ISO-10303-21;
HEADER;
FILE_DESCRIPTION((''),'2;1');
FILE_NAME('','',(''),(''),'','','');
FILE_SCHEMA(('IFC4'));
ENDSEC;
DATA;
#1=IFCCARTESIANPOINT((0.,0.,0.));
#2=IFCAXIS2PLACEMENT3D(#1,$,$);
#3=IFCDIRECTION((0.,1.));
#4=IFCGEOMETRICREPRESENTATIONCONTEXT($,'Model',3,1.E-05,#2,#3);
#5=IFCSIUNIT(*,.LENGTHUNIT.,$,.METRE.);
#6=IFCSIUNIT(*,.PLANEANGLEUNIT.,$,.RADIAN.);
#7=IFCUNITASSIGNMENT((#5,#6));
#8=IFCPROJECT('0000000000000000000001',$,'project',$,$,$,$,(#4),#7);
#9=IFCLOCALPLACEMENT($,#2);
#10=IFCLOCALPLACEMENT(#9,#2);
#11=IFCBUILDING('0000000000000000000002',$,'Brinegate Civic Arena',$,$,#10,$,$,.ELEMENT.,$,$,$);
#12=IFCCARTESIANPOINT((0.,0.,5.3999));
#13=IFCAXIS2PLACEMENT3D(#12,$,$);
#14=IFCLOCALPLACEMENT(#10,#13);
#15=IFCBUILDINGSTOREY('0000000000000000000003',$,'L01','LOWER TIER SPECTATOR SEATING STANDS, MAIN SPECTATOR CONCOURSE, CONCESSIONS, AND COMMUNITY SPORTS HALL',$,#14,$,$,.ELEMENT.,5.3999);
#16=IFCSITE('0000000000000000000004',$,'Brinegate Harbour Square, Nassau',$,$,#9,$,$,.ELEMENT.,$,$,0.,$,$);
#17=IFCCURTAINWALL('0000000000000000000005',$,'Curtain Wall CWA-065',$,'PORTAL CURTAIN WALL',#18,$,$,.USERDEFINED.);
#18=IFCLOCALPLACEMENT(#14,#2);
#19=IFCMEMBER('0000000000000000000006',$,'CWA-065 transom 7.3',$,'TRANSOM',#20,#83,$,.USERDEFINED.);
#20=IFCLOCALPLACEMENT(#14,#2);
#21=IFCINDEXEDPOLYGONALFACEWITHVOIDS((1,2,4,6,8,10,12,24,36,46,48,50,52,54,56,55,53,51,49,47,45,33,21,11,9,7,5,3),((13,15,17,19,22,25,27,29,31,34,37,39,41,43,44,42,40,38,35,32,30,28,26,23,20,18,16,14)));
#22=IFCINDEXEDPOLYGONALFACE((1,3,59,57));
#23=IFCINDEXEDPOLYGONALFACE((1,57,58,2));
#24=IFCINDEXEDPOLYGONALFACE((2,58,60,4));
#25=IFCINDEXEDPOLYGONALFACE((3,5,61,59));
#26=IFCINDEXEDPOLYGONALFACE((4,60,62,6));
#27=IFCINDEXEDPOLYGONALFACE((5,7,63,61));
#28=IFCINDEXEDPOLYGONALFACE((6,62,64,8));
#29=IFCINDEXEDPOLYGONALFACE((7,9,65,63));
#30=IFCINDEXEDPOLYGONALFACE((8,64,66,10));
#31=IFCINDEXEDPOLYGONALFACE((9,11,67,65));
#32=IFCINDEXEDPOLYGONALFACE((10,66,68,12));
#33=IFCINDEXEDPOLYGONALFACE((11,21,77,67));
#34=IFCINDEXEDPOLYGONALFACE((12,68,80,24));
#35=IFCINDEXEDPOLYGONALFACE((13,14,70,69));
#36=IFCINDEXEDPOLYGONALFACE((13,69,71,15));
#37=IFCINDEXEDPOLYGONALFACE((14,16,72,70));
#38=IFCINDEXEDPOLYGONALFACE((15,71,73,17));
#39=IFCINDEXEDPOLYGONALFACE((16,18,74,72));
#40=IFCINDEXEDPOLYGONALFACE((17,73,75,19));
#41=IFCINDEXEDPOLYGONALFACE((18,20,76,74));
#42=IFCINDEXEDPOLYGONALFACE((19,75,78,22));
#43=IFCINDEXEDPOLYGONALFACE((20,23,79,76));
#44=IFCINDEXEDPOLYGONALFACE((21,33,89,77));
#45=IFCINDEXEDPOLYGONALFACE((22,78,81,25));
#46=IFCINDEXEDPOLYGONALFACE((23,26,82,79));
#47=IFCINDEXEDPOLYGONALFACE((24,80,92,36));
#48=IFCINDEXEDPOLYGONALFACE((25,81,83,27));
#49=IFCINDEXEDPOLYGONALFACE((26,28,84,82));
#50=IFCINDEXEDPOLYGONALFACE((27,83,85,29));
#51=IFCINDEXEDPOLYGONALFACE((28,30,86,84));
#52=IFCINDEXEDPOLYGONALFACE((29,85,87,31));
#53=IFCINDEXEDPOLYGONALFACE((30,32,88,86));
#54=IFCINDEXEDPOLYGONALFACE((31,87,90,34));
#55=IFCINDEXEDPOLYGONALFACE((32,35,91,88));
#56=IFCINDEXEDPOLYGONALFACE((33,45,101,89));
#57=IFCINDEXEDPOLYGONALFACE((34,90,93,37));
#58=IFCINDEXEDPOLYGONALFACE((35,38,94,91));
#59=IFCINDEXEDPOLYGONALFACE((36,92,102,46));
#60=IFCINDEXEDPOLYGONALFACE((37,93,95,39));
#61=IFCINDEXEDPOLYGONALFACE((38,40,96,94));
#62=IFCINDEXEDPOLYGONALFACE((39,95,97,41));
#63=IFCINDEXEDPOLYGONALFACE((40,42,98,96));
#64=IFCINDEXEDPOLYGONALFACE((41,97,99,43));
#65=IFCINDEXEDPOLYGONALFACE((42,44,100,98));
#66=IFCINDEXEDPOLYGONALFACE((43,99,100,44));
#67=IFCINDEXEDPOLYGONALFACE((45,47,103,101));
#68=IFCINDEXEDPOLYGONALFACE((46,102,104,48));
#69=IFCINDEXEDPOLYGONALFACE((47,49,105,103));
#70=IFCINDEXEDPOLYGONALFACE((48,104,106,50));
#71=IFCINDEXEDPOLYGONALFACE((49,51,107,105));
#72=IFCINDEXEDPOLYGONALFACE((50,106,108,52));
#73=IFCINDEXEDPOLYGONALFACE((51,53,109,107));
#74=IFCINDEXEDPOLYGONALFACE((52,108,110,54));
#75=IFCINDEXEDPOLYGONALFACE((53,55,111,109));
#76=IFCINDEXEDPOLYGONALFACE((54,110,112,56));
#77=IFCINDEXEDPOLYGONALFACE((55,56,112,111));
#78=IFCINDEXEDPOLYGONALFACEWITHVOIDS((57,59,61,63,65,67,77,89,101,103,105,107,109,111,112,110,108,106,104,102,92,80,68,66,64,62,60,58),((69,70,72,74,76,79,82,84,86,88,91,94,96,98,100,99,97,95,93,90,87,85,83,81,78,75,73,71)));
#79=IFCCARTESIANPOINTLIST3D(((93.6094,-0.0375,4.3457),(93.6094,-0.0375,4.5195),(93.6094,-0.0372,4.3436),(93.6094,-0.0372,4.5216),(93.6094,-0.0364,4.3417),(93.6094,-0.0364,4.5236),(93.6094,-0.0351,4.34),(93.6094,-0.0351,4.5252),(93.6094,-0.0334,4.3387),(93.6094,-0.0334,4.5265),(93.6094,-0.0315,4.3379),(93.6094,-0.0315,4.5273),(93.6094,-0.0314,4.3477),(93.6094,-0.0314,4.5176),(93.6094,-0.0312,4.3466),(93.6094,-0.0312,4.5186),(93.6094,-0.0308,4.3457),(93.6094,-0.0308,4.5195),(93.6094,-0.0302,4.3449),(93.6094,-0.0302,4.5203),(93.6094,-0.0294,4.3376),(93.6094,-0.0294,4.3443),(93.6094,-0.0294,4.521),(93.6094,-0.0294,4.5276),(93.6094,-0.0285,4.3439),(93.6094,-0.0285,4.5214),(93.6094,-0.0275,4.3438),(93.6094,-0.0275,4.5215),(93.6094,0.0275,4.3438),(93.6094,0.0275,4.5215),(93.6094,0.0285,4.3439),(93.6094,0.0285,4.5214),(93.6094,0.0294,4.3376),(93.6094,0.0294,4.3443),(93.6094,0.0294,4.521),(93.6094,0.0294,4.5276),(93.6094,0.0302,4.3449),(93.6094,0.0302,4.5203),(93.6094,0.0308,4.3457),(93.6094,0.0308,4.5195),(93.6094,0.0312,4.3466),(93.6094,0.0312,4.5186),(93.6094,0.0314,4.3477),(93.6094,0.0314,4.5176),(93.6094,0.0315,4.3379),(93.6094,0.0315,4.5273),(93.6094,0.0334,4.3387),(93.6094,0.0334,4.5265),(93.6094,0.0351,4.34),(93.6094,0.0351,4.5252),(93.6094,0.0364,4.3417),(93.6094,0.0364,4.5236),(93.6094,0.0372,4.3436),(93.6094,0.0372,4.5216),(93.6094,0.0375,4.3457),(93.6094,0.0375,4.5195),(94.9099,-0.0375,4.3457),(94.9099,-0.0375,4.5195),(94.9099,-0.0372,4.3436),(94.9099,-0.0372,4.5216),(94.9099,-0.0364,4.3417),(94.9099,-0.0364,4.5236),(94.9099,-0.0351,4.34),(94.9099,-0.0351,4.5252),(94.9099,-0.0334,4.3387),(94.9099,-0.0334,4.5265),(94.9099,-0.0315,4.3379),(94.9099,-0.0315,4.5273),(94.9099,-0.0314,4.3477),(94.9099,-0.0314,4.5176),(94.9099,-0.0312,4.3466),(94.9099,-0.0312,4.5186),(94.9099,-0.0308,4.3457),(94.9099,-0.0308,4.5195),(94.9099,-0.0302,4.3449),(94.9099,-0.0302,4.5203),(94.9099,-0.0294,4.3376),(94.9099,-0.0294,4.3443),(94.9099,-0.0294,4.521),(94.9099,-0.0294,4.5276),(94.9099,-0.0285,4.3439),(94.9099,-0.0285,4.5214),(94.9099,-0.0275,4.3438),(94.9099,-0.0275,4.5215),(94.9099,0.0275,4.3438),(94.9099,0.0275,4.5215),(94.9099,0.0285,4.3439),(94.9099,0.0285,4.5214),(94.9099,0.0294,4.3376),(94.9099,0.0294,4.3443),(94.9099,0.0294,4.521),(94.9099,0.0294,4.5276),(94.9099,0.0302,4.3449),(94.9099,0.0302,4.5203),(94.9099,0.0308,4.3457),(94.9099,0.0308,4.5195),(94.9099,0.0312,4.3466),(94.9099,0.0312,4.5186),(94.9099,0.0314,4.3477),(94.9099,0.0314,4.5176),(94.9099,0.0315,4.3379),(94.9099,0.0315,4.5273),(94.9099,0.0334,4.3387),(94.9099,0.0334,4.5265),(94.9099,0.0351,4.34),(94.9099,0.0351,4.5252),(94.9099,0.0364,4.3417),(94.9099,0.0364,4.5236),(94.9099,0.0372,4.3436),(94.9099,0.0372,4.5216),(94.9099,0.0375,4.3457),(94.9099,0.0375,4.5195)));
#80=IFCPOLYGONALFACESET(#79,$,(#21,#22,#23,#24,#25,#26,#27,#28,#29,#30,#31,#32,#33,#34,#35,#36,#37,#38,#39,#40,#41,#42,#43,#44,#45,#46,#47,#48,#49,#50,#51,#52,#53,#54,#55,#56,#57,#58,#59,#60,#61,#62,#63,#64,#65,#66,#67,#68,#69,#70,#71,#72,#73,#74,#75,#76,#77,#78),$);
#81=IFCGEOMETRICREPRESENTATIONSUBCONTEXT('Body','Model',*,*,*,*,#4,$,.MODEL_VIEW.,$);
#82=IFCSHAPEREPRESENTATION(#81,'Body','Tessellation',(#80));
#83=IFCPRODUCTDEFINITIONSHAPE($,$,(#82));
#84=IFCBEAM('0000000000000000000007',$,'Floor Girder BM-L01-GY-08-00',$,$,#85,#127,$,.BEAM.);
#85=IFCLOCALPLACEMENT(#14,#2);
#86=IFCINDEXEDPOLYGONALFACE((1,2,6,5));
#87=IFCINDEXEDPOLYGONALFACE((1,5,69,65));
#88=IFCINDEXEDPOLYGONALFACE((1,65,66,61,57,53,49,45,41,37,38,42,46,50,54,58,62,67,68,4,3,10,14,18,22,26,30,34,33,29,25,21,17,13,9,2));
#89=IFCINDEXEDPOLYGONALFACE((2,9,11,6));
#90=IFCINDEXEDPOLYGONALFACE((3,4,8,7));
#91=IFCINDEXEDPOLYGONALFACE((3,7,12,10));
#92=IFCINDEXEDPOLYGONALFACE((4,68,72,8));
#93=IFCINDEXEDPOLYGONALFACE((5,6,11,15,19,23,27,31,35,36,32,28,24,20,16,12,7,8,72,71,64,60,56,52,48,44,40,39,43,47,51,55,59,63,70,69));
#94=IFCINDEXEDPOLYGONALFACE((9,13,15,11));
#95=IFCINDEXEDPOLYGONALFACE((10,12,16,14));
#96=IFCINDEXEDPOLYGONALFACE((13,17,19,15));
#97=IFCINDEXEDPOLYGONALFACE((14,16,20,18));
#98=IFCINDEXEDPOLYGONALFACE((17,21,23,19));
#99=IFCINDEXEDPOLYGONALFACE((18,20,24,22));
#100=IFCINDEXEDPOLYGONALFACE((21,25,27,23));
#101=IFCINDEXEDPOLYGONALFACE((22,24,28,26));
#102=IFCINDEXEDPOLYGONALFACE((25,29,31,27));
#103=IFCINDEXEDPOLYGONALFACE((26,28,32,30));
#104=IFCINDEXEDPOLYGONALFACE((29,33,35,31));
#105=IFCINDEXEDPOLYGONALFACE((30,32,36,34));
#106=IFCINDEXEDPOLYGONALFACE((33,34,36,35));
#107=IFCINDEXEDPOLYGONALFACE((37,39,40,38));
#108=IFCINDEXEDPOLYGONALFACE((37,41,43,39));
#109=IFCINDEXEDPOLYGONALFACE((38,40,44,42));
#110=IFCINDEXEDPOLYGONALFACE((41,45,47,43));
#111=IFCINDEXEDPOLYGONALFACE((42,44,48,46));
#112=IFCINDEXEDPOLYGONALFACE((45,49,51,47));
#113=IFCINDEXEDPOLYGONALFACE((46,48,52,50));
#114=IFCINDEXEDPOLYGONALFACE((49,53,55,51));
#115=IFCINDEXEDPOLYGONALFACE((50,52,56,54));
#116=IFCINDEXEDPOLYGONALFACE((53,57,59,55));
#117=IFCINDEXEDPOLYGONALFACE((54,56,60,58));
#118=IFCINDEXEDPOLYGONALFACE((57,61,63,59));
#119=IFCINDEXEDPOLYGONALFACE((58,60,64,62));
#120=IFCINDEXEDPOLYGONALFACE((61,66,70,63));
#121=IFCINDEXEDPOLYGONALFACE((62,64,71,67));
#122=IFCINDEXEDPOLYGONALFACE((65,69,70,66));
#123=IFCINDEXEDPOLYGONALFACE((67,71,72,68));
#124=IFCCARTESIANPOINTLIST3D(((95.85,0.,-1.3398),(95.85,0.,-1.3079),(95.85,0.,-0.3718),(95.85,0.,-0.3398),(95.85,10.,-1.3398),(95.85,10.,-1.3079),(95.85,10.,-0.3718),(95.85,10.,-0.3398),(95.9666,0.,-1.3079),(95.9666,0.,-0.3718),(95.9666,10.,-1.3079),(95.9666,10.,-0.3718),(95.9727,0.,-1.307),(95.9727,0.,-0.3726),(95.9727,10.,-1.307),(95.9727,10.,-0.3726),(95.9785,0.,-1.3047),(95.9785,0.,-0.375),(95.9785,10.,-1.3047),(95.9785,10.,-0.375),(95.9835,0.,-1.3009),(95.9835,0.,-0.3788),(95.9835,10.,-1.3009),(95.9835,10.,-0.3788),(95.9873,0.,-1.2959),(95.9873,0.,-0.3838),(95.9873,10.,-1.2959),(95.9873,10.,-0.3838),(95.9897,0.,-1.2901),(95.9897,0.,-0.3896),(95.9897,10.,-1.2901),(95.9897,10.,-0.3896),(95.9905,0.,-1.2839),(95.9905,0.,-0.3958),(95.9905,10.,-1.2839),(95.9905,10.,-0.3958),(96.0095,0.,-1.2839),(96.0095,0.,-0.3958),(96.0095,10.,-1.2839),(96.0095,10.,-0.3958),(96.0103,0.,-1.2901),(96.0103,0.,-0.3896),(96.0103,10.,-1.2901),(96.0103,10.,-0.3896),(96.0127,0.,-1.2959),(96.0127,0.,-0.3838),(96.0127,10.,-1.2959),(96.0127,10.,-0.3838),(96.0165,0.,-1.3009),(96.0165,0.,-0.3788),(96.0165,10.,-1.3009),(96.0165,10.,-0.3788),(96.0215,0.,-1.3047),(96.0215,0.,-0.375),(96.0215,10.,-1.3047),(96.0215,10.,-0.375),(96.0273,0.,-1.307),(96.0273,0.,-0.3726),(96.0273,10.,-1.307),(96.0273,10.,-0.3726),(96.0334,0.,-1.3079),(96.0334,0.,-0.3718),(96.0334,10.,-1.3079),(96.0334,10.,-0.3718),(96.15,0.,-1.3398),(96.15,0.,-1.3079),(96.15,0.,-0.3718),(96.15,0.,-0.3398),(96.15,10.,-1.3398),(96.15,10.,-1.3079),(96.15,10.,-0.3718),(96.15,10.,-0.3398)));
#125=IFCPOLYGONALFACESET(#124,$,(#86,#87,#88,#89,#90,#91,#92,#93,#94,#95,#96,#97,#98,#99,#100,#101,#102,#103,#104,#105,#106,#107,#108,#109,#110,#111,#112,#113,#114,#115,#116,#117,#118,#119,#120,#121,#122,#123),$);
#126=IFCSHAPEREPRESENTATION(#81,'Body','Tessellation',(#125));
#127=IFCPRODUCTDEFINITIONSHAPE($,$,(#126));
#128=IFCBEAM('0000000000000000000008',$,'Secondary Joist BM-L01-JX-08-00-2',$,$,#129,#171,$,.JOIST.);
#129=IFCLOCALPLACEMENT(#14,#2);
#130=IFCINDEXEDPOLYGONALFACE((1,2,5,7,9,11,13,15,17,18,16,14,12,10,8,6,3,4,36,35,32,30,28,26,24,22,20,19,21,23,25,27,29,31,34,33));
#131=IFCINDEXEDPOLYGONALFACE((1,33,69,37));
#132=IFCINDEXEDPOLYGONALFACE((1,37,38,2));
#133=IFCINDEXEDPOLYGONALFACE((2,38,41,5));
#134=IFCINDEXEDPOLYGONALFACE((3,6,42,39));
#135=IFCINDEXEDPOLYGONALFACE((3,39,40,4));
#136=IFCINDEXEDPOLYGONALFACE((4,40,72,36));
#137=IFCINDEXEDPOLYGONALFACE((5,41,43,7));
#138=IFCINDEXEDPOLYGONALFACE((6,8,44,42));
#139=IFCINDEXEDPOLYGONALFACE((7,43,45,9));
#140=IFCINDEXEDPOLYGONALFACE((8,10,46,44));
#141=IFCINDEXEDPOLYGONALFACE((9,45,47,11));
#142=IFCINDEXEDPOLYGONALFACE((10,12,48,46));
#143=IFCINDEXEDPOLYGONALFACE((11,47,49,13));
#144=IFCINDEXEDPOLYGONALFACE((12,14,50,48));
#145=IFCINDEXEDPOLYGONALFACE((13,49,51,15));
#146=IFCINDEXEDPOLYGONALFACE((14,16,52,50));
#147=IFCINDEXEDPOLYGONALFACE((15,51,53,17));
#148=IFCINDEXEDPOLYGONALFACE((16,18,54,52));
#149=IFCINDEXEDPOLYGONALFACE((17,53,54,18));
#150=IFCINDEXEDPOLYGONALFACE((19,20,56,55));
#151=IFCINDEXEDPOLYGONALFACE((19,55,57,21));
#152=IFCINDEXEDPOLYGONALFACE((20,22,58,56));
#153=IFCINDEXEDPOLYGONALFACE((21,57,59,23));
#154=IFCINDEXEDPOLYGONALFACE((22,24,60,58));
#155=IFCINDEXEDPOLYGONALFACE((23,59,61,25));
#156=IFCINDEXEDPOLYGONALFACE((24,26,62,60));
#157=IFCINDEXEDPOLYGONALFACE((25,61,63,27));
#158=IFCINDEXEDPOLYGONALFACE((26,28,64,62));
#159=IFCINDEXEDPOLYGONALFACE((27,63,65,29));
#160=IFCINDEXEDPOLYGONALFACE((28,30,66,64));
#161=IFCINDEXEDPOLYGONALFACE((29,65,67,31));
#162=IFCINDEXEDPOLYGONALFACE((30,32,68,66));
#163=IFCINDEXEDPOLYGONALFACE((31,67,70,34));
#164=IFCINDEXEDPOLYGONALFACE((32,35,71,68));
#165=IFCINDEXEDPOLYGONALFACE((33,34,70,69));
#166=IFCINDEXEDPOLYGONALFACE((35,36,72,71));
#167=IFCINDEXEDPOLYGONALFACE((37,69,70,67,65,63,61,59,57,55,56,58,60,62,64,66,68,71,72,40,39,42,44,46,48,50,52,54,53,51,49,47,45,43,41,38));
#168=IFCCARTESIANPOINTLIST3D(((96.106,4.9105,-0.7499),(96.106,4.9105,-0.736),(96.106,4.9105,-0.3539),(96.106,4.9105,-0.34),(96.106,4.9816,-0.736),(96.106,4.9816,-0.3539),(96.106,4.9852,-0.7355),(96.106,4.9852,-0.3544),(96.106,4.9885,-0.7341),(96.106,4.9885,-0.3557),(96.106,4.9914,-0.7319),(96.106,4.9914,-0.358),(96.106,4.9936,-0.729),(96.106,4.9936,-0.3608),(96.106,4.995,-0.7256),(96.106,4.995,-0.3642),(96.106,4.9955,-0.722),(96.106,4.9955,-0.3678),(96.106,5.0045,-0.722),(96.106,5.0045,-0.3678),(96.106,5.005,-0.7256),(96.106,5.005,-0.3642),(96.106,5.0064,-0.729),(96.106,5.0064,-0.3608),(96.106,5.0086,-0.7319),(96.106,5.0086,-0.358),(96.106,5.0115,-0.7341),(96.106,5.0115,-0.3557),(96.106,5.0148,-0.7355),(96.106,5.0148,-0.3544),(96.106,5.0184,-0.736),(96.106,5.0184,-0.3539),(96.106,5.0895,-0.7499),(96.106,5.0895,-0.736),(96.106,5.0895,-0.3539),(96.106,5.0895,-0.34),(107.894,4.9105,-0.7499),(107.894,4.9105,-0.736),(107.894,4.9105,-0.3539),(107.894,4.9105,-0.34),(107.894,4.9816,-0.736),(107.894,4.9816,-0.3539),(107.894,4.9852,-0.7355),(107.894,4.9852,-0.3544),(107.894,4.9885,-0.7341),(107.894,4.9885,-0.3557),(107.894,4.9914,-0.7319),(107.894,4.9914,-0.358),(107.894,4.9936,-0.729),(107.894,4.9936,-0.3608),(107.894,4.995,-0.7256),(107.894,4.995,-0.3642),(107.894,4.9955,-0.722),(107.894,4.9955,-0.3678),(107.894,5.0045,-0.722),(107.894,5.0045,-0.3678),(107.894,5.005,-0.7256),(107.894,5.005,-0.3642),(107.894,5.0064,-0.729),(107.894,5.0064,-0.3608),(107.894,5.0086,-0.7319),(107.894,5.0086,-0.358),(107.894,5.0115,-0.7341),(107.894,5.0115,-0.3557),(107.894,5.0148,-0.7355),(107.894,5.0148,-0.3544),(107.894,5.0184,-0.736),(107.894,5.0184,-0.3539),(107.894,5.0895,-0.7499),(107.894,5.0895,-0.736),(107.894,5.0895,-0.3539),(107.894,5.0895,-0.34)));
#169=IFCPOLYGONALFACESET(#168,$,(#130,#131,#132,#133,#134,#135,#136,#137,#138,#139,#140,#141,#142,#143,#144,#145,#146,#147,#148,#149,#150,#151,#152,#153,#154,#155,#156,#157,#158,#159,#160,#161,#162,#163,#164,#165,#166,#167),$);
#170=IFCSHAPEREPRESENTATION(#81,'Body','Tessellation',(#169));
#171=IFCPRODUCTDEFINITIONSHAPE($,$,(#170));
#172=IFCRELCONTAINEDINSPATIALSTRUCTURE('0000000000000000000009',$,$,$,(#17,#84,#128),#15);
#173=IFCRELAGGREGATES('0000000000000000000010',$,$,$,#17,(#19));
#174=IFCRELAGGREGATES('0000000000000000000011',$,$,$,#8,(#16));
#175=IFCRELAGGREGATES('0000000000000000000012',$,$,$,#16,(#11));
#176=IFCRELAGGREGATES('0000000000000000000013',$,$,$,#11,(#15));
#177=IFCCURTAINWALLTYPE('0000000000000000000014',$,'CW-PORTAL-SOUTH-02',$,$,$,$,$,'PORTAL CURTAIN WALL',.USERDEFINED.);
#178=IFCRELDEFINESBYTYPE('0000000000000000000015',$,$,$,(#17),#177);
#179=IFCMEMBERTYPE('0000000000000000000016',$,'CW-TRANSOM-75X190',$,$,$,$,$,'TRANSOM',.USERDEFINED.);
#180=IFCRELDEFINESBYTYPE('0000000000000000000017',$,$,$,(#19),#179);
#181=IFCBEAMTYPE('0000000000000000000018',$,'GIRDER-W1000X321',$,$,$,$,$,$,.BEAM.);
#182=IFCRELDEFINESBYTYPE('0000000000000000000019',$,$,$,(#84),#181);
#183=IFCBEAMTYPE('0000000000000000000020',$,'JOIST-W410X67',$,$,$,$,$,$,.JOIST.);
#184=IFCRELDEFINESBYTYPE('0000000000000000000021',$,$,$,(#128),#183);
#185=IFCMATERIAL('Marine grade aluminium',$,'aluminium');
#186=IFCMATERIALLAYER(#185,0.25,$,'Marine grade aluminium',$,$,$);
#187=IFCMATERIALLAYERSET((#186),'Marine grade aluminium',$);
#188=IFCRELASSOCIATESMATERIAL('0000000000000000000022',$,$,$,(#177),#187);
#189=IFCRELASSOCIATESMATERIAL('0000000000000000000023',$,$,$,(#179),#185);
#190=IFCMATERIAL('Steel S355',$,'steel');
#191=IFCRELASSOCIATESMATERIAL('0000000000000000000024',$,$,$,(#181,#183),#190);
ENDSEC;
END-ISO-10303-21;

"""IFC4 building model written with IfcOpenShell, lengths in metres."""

from ifc_helpers import new_model, si_unit, direction, frame, origin, origin_2d, place, context, subcontext, project, spatial, hollow_rectangle, i_section, extrude, material, layer, layer_set, material_profile, profile_set, type_object, element, aggregate, save


model = new_model("IFC4")

# Units and contexts
model_context = context("Model", 3, precision=1e-05, world=origin(), true_north=direction((0.0, 1.0)))
body_context = subcontext(model_context, "Body", "Model", "MODEL_VIEW")
ifc_project = project(units=[si_unit("LENGTHUNIT", "METRE"), si_unit("PLANEANGLEUNIT", "RADIAN")], contexts=[model_context])

# Site, building, storey
site_placement = place(None, origin())
site = spatial("IfcSite", under=ifc_project, at=site_placement, Name="Brinegate Harbour Square, Nassau", CompositionType="ELEMENT", RefElevation=0.0)
building_placement = place(site_placement, origin())
building = spatial("IfcBuilding", under=site, at=building_placement, Name="Brinegate Civic Arena", CompositionType="ELEMENT")
storey_placement = place(building_placement, frame((0.0, 0.0, 5.3999)))
storey = spatial("IfcBuildingStorey", under=building, at=storey_placement, Name="L01", Description="LOWER TIER SPECTATOR SEATING STANDS, MAIN SPECTATOR CONCOURSE, CONCESSIONS, AND COMMUNITY SPORTS HALL", CompositionType="ELEMENT", Elevation=5.3999)

# Curtain wall, member
ifc_material_1 = material(Name="Marine grade aluminium", Category="aluminium")
ifc_layer_1 = layer(ifc_material_1, 0.25, Name="Marine grade aluminium")
ifc_layer_set_1 = layer_set([ifc_layer_1], Name="Marine grade aluminium")
curtain_wall_type = type_object("IfcCurtainWallType", Name="CW-PORTAL-SOUTH-02", ElementType="PORTAL CURTAIN WALL", PredefinedType="USERDEFINED", material=ifc_layer_set_1)
curtain_wall_placement = place(storey_placement, origin())
curtain_wall = element("IfcCurtainWall", 1, at=curtain_wall_placement, inside=storey, type_object=curtain_wall_type, Name="Curtain Wall CWA-065", ObjectType="PORTAL CURTAIN WALL", PredefinedType="USERDEFINED")
ifc_material_profile_1 = material_profile(ifc_material_1, hollow_rectangle(XDim=0.075, YDim=0.1899, WallThickness=0.0061, InnerFilletRadius=0.0039, OuterFilletRadius=0.0081, at=origin_2d()), Name="TRN75X190")
ifc_profile_set_1 = profile_set([ifc_material_profile_1], Name="Marine grade aluminium")
member_type_1 = type_object("IfcMemberType", Name="CW-TRANSOM-75X190", ElementType="TRANSOM", PredefinedType="USERDEFINED", material=ifc_profile_set_1)
member_1_placement = place(storey_placement, frame((93.6094, 0.0, 4.4326), z_axis=(1.0, 0.0, 0.0), x_axis=(0.0, 1.0, 0.0)))
member_1 = element("IfcMember", 2, at=member_1_placement, type_object=member_type_1, Name="CWA-065 transom 7.3", ObjectType="TRANSOM", PredefinedType="USERDEFINED", context=body_context, shape_type="SweptSolid", body=[
    extrude(hollow_rectangle(XDim=0.075, YDim=0.1899, WallThickness=0.0061, InnerFilletRadius=0.0039, OuterFilletRadius=0.0081, at=origin_2d()), origin(), (0.0, 0.0, 1.0), 1.3005),
])

# Beams
ifc_material_2 = material(Name="Steel S355", Category="steel")
ifc_material_profile_2 = material_profile(ifc_material_2, i_section(OverallWidth=0.3, OverallDepth=1.0, WebThickness=0.019, FlangeThickness=0.032, FilletRadius=0.0239, at=origin_2d()), Name="W1000X321")
ifc_profile_set_2 = profile_set([ifc_material_profile_2], Name="Steel S355")
beam_type_1 = type_object("IfcBeamType", Name="GIRDER-W1000X321", PredefinedType="BEAM", material=ifc_profile_set_2)
beam_1_placement = place(storey_placement, frame((96.0, 0.0, -0.8398), z_axis=(0.0, 1.0, 0.0), x_axis=(-1.0, 0.0, 0.0)))
element("IfcBeam", 3, at=beam_1_placement, inside=storey, type_object=beam_type_1, Name="Floor Girder BM-L01-GY-08-00", PredefinedType="BEAM", context=body_context, shape_type="SweptSolid", body=[
    extrude(i_section(OverallWidth=0.3, OverallDepth=1.0, WebThickness=0.019, FlangeThickness=0.032, FilletRadius=0.0239, at=origin_2d()), origin(), (0.0, 0.0, 1.0), 10.0),
])
ifc_material_profile_3 = material_profile(ifc_material_2, i_section(OverallWidth=0.179, OverallDepth=0.4099, WebThickness=0.009, FlangeThickness=0.0139, FilletRadius=0.0139, at=origin_2d()), Name="W410X67")
ifc_profile_set_3 = profile_set([ifc_material_profile_3], Name="Steel S355")
beam_type_2 = type_object("IfcBeamType", Name="JOIST-W410X67", PredefinedType="JOIST", material=ifc_profile_set_3)
beam_2_placement = place(storey_placement, frame((96.106, 5.0, -0.5449), z_axis=(1.0, 0.0, 0.0), x_axis=(0.0, 1.0, 0.0)))
element("IfcBeam", 4, at=beam_2_placement, inside=storey, type_object=beam_type_2, Name="Secondary Joist BM-L01-JX-08-00-2", PredefinedType="JOIST", context=body_context, shape_type="SweptSolid", body=[
    extrude(i_section(OverallWidth=0.179, OverallDepth=0.4099, WebThickness=0.009, FlangeThickness=0.0139, FilletRadius=0.0139, at=origin_2d()), origin(), (0.0, 0.0, 1.0), 11.7881),
])

aggregate(curtain_wall, [member_1])

save(model, "model.ifc")
